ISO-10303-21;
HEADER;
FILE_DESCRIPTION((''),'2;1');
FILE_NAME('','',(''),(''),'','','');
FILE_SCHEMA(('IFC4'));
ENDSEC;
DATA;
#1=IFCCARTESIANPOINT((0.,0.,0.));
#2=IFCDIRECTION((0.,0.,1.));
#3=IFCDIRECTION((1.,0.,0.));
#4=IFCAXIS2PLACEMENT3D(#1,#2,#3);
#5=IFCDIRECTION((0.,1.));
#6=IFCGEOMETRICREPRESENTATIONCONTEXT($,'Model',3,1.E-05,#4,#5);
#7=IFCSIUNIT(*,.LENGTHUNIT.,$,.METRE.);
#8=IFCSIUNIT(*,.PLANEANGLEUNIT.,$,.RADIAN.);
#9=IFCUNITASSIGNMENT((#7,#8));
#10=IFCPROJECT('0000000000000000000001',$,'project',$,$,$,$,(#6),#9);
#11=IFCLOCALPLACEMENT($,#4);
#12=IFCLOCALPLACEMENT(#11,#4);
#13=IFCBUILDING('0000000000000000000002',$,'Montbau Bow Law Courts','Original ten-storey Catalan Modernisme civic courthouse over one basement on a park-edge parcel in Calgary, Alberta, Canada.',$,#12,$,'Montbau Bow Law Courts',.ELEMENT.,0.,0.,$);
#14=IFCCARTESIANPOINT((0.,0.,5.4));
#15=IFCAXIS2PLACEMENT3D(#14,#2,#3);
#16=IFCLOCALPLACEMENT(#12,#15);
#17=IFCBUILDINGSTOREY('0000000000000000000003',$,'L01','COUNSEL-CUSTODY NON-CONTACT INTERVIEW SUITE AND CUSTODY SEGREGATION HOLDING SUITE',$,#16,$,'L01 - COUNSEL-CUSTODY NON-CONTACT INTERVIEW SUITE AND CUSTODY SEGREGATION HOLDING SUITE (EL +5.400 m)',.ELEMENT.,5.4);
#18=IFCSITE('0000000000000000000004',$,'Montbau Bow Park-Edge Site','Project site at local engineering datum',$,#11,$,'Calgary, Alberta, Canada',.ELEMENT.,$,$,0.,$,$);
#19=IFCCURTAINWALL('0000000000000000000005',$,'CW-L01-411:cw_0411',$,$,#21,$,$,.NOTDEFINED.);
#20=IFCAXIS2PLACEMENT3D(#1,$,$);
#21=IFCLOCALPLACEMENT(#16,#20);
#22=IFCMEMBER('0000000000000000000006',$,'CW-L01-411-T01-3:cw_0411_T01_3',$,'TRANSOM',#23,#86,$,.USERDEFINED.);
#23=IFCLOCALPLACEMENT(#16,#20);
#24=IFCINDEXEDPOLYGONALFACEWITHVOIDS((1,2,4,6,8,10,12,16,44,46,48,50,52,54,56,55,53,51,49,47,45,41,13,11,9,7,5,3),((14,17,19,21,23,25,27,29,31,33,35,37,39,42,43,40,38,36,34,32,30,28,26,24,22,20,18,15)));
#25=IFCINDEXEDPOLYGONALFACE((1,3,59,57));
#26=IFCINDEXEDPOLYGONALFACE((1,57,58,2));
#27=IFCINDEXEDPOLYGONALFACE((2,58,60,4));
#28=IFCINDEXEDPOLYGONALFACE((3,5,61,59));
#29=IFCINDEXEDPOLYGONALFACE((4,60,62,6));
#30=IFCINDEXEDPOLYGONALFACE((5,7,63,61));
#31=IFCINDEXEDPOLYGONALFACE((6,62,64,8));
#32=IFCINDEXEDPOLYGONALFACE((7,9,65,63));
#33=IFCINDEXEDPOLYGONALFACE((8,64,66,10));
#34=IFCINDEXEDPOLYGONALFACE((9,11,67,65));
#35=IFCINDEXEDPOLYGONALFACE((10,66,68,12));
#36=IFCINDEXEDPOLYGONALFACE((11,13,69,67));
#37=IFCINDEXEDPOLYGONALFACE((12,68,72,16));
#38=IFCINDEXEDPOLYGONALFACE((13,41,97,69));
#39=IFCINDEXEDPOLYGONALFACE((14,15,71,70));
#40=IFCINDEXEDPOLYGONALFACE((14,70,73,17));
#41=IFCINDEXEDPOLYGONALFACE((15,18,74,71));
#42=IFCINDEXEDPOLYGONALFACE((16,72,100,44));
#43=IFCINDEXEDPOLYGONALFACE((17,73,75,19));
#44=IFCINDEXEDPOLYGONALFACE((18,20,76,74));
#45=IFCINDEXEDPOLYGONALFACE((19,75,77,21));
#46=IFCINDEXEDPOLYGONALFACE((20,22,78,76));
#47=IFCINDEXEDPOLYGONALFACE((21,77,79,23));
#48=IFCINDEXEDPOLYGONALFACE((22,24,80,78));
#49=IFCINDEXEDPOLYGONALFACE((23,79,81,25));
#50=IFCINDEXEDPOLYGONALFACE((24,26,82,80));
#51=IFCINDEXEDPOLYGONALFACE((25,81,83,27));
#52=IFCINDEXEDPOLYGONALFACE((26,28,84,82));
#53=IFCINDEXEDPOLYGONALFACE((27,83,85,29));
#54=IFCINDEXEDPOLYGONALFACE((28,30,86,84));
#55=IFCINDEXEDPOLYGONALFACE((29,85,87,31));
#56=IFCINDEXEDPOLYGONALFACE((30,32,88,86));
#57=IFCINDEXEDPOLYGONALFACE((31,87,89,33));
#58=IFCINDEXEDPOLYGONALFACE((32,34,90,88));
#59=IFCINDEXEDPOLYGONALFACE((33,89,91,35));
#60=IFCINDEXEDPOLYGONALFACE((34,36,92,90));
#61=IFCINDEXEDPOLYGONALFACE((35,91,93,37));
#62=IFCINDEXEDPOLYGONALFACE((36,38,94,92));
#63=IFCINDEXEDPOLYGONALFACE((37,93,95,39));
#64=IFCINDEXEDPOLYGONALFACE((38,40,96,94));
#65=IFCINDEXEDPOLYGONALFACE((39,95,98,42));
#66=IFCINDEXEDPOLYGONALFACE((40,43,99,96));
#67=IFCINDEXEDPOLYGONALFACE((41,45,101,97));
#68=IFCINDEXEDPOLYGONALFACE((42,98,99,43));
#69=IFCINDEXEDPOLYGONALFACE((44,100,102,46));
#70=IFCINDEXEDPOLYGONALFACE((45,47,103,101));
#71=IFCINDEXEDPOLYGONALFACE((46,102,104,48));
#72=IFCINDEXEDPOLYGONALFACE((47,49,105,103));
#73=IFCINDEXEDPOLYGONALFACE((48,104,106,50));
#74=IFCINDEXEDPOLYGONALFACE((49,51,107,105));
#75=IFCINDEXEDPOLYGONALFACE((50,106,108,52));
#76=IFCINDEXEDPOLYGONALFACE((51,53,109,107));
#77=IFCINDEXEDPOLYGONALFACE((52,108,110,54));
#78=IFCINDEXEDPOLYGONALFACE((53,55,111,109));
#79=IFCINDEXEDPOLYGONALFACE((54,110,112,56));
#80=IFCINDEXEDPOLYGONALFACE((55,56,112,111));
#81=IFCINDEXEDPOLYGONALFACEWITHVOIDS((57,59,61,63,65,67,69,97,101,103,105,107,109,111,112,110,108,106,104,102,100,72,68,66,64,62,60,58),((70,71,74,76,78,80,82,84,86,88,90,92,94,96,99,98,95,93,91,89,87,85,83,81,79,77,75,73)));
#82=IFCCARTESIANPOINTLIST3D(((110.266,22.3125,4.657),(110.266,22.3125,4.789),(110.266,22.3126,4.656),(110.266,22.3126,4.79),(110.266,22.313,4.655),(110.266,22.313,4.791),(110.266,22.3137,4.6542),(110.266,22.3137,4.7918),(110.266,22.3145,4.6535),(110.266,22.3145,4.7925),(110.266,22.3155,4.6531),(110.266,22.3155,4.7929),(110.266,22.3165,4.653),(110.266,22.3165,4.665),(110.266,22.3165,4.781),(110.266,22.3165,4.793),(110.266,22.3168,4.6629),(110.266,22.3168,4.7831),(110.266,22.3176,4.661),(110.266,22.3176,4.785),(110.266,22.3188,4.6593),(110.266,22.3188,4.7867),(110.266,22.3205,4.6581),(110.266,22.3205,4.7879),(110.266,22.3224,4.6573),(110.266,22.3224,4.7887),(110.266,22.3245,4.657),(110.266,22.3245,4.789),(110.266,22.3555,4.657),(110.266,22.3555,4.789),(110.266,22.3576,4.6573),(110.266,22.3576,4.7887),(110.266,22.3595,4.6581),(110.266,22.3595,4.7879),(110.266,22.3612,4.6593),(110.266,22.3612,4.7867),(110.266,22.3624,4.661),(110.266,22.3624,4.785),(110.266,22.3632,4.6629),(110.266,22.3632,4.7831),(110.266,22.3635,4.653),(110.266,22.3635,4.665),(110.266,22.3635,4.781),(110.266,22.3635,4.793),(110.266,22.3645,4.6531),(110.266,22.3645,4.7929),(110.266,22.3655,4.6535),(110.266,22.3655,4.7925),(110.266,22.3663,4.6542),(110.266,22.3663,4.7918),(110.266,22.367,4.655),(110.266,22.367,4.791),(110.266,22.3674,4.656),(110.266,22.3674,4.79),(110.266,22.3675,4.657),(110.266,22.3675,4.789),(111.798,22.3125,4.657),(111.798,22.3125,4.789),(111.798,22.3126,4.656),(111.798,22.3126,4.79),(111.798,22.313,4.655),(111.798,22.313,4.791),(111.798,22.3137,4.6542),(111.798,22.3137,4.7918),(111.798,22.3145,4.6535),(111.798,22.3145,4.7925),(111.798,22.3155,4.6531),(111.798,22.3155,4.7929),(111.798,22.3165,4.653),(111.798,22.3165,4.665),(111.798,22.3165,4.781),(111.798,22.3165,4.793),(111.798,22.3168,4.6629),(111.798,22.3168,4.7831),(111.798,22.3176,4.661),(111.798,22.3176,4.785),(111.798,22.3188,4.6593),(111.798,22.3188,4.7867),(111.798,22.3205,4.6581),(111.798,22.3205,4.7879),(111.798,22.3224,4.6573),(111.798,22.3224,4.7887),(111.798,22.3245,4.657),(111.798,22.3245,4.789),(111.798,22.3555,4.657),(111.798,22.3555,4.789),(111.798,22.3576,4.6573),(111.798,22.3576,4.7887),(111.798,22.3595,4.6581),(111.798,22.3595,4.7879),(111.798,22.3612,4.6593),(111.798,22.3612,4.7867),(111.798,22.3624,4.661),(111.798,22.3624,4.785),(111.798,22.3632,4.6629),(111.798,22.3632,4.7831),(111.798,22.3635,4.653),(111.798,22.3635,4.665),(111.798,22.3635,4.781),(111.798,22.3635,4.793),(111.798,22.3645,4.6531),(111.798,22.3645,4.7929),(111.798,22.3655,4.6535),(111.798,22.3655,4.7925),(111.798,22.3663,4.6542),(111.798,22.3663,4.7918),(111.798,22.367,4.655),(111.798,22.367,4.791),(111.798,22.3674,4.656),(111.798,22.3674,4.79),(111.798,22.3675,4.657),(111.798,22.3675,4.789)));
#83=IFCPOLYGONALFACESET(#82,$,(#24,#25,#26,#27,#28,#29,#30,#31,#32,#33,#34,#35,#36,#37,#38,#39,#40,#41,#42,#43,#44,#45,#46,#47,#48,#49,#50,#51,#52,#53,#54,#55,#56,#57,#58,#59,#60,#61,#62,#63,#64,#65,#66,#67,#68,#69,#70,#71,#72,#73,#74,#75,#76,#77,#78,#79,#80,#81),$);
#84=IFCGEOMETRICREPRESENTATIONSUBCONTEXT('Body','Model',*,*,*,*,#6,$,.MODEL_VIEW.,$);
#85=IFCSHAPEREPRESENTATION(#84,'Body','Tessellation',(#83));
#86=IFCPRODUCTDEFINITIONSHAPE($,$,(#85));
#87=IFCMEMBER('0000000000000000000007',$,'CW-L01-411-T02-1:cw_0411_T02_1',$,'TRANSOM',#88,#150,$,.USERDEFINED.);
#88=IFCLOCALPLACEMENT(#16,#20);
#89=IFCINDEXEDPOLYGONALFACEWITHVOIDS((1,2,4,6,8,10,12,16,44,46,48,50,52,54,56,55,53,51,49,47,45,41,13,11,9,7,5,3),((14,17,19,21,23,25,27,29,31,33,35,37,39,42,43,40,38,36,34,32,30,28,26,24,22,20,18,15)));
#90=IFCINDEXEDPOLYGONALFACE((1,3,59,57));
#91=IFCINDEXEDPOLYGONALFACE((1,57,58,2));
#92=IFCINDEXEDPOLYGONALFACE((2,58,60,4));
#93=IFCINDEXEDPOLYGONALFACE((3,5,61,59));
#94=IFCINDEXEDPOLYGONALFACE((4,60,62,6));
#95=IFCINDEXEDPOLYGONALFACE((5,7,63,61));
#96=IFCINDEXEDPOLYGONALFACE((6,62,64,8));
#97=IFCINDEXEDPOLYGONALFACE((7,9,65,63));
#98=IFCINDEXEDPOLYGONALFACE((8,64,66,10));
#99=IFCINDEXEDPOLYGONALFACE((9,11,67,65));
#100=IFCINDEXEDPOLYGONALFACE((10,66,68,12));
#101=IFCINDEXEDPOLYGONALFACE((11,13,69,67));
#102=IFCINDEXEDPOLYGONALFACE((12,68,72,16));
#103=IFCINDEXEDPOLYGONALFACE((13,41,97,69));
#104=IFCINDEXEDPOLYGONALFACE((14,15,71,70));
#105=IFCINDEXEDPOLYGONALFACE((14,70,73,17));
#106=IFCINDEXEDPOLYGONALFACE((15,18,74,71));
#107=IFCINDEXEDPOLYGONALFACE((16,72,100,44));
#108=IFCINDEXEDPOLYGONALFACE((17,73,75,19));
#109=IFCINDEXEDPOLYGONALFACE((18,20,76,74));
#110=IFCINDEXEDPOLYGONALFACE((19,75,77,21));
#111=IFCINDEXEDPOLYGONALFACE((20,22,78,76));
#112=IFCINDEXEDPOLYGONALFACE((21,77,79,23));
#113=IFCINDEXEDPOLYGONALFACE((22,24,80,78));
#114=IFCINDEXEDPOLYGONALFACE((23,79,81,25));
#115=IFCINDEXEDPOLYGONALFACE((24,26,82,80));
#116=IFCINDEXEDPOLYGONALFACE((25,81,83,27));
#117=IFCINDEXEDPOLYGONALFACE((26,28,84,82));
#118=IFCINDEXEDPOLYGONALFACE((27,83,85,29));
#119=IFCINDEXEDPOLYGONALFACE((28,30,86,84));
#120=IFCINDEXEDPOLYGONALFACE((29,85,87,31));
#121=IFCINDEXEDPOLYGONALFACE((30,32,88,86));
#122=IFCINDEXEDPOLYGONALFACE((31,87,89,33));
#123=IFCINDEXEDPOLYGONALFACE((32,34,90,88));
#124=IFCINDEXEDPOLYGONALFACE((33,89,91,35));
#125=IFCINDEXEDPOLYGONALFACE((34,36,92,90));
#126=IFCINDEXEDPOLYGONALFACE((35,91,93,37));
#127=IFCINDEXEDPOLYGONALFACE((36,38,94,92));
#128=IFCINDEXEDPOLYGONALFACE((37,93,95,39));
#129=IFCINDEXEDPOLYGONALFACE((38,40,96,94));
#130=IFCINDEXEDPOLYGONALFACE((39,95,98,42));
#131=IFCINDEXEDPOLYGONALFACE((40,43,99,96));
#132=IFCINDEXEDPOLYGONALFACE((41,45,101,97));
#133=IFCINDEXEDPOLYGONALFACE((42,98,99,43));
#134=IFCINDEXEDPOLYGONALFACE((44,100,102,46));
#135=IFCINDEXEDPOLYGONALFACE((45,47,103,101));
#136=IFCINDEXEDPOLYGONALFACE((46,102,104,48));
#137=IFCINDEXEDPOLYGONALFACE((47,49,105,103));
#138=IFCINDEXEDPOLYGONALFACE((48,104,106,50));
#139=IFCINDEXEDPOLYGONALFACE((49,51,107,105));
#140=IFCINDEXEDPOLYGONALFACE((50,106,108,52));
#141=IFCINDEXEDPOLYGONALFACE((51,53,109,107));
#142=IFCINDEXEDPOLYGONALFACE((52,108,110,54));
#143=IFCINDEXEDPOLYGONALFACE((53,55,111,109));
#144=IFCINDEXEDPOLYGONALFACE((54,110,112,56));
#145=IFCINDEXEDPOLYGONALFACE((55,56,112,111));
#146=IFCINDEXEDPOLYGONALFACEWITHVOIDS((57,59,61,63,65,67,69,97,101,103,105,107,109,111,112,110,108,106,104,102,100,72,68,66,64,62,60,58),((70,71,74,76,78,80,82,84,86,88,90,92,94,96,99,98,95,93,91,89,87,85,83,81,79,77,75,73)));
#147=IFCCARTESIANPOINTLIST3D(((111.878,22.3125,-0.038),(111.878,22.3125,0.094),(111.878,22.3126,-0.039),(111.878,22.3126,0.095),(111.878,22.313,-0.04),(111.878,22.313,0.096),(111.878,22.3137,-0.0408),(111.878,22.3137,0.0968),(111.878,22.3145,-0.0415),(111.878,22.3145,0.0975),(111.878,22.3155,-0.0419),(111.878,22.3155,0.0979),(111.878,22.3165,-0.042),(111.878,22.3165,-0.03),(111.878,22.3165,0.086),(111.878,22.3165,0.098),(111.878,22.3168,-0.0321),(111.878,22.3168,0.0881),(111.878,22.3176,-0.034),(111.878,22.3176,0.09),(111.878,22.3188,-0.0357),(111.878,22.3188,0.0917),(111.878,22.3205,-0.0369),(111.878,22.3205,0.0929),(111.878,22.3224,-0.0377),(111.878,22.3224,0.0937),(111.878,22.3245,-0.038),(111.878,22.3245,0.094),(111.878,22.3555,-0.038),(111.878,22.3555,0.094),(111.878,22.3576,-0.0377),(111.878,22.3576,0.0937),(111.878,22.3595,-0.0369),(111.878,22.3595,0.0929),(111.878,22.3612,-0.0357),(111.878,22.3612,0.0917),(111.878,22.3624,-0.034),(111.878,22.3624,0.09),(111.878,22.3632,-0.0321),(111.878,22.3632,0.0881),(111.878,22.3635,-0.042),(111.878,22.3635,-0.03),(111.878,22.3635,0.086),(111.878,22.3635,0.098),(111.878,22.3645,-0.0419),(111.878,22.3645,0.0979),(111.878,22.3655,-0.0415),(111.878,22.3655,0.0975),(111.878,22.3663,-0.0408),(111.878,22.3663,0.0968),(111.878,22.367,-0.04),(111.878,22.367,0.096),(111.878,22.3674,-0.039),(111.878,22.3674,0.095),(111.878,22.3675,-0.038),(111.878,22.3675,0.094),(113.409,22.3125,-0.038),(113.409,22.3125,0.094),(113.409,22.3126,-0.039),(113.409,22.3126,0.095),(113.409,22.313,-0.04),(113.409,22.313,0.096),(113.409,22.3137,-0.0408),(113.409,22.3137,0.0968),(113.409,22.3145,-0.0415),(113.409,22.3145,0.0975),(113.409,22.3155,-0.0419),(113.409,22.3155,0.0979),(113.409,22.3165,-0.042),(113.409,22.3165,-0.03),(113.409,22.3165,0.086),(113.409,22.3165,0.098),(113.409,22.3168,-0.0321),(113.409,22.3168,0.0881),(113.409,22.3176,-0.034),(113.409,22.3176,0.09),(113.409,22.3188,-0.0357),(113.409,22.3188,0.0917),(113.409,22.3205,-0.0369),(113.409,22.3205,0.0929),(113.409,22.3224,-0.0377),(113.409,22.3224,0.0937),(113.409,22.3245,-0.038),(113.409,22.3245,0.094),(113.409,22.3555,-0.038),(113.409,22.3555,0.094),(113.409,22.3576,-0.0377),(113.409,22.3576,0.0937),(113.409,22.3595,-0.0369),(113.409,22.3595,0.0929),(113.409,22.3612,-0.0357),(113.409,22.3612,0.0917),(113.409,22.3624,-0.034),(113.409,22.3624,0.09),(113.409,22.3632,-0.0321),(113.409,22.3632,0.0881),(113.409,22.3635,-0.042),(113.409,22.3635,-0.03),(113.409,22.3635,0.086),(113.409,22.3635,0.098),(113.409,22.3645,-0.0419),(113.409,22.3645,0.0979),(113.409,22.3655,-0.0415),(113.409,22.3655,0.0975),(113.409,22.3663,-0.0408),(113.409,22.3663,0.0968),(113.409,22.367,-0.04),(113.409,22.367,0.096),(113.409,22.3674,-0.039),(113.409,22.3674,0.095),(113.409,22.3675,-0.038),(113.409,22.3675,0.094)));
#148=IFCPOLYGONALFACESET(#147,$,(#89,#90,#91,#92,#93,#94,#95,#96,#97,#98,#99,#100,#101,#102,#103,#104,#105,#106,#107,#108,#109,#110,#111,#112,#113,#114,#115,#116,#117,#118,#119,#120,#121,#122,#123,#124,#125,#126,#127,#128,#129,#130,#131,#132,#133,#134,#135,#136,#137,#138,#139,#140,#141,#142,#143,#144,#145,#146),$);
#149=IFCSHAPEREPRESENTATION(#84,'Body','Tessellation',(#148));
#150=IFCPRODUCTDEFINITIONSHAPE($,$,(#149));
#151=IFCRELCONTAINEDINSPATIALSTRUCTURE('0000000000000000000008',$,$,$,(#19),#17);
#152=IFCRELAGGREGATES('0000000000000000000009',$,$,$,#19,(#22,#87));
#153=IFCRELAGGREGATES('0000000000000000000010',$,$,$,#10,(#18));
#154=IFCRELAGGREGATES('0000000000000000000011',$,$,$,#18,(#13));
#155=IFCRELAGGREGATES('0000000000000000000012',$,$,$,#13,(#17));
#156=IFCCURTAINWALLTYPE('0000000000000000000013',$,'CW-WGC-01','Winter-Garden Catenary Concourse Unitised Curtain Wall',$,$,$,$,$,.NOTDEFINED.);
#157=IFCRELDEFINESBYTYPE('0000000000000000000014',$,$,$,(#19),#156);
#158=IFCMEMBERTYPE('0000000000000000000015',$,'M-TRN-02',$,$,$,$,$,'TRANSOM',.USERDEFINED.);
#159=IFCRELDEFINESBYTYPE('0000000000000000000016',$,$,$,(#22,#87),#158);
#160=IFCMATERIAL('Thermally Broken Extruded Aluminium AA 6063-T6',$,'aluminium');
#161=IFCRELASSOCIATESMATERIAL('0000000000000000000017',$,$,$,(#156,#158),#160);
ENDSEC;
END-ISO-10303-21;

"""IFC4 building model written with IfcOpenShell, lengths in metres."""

from ifc_helpers import new_model, si_unit, direction, frame, origin_with_axes, origin_2d_with_axis, place, context, subcontext, project, spatial, hollow_rectangle, extrude, material, material_profile, profile_set, type_object, element, aggregate, save


model = new_model("IFC4")

# Units and contexts
model_context = context("Model", 3, precision=1e-05, world=origin_with_axes(), true_north=direction((0.0, 1.0)))
body_context = subcontext(model_context, "Body", "Model", "MODEL_VIEW")
ifc_project = project(units=[si_unit("LENGTHUNIT", "METRE"), si_unit("PLANEANGLEUNIT", "RADIAN")], contexts=[model_context])

# Site, building, storey
site_placement = place(None, origin_with_axes())
site = spatial("IfcSite", under=ifc_project, at=site_placement, Name="Montbau Bow Park-Edge Site", Description="Project site at local engineering datum", LongName="Calgary, Alberta, Canada", CompositionType="ELEMENT", RefElevation=0.0)
building_placement = place(site_placement, origin_with_axes())
building = spatial("IfcBuilding", under=site, at=building_placement, Name="Montbau Bow Law Courts", Description="Original ten-storey Catalan Modernisme civic courthouse over one basement on a park-edge parcel in Calgary, Alberta, Canada.", LongName="Montbau Bow Law Courts", CompositionType="ELEMENT", ElevationOfRefHeight=0.0, ElevationOfTerrain=0.0)
storey_placement = place(building_placement, frame((0.0, 0.0, 5.4), z_axis=(0.0, 0.0, 1.0), x_axis=(1.0, 0.0, 0.0)))
storey = spatial("IfcBuildingStorey", under=building, at=storey_placement, Name="L01", Description="COUNSEL-CUSTODY NON-CONTACT INTERVIEW SUITE AND CUSTODY SEGREGATION HOLDING SUITE", LongName="L01 - COUNSEL-CUSTODY NON-CONTACT INTERVIEW SUITE AND CUSTODY SEGREGATION HOLDING SUITE (EL +5.400 m)", CompositionType="ELEMENT", Elevation=5.4)

# Curtain wall
ifc_material_1 = material(Name="Thermally Broken Extruded Aluminium AA 6063-T6", Category="aluminium")
curtain_wall_type_1 = type_object("IfcCurtainWallType", Name="CW-WGC-01", Description="Winter-Garden Catenary Concourse Unitised Curtain Wall", PredefinedType="NOTDEFINED", material=ifc_material_1)
curtain_wall_1_placement = place(None, frame((110.19, 22.34, 5.4), z_axis=(0.0, 0.0, 1.0), x_axis=(1.0, 0.0, 0.0)))
curtain_wall_1 = element("IfcCurtainWall", 1, at=curtain_wall_1_placement, inside=storey, type_object=curtain_wall_type_1, Name="CW-L01-411:cw_0411", PredefinedType="NOTDEFINED")

# Members
ifc_material_profile_1 = material_profile(ifc_material_1, hollow_rectangle(XDim=0.055, YDim=0.14, WallThickness=0.004, InnerFilletRadius=0.008, OuterFilletRadius=0.004, at=origin_2d_with_axis()), Name="CWT-140X55", Category="Main", Priority=0)
ifc_profile_set_1 = profile_set([ifc_material_profile_1], Name="Thermally Broken Extruded Aluminium AA 6063-T6")
member_type_1 = type_object("IfcMemberType", Name="M-TRN-02", ElementType="TRANSOM", PredefinedType="USERDEFINED", material=ifc_profile_set_1)
member_1_placement = place(None, frame((110.266, 22.34, 10.123), z_axis=(1.0, 0.0, 0.0), x_axis=(0.0, 1.0, 0.0)))
member_1 = element("IfcMember", 2, at=member_1_placement, type_object=member_type_1, Name="CW-L01-411-T01-3:cw_0411_T01_3", ObjectType="TRANSOM", PredefinedType="USERDEFINED", context=body_context, shape_type="SweptSolid", body=[
    extrude(hollow_rectangle(XDim=0.055, YDim=0.14, WallThickness=0.004, InnerFilletRadius=0.008, OuterFilletRadius=0.004, at=origin_2d_with_axis()), origin_with_axes(), (0.0, 0.0, 1.0), 1.532),
])
member_2_placement = place(None, frame((111.878, 22.34, 5.428), z_axis=(1.0, 0.0, 0.0), x_axis=(0.0, 1.0, 0.0)))
member_2 = element("IfcMember", 3, at=member_2_placement, type_object=member_type_1, Name="CW-L01-411-T02-1:cw_0411_T02_1", ObjectType="TRANSOM", PredefinedType="USERDEFINED", context=body_context, shape_type="SweptSolid", body=[
    extrude(hollow_rectangle(XDim=0.055, YDim=0.14, WallThickness=0.004, InnerFilletRadius=0.008, OuterFilletRadius=0.004, at=origin_2d_with_axis()), origin_with_axes(), (0.0, 0.0, 1.0), 1.531),
])

aggregate(curtain_wall_1, [member_1, member_2])

save(model, "model.ifc")
